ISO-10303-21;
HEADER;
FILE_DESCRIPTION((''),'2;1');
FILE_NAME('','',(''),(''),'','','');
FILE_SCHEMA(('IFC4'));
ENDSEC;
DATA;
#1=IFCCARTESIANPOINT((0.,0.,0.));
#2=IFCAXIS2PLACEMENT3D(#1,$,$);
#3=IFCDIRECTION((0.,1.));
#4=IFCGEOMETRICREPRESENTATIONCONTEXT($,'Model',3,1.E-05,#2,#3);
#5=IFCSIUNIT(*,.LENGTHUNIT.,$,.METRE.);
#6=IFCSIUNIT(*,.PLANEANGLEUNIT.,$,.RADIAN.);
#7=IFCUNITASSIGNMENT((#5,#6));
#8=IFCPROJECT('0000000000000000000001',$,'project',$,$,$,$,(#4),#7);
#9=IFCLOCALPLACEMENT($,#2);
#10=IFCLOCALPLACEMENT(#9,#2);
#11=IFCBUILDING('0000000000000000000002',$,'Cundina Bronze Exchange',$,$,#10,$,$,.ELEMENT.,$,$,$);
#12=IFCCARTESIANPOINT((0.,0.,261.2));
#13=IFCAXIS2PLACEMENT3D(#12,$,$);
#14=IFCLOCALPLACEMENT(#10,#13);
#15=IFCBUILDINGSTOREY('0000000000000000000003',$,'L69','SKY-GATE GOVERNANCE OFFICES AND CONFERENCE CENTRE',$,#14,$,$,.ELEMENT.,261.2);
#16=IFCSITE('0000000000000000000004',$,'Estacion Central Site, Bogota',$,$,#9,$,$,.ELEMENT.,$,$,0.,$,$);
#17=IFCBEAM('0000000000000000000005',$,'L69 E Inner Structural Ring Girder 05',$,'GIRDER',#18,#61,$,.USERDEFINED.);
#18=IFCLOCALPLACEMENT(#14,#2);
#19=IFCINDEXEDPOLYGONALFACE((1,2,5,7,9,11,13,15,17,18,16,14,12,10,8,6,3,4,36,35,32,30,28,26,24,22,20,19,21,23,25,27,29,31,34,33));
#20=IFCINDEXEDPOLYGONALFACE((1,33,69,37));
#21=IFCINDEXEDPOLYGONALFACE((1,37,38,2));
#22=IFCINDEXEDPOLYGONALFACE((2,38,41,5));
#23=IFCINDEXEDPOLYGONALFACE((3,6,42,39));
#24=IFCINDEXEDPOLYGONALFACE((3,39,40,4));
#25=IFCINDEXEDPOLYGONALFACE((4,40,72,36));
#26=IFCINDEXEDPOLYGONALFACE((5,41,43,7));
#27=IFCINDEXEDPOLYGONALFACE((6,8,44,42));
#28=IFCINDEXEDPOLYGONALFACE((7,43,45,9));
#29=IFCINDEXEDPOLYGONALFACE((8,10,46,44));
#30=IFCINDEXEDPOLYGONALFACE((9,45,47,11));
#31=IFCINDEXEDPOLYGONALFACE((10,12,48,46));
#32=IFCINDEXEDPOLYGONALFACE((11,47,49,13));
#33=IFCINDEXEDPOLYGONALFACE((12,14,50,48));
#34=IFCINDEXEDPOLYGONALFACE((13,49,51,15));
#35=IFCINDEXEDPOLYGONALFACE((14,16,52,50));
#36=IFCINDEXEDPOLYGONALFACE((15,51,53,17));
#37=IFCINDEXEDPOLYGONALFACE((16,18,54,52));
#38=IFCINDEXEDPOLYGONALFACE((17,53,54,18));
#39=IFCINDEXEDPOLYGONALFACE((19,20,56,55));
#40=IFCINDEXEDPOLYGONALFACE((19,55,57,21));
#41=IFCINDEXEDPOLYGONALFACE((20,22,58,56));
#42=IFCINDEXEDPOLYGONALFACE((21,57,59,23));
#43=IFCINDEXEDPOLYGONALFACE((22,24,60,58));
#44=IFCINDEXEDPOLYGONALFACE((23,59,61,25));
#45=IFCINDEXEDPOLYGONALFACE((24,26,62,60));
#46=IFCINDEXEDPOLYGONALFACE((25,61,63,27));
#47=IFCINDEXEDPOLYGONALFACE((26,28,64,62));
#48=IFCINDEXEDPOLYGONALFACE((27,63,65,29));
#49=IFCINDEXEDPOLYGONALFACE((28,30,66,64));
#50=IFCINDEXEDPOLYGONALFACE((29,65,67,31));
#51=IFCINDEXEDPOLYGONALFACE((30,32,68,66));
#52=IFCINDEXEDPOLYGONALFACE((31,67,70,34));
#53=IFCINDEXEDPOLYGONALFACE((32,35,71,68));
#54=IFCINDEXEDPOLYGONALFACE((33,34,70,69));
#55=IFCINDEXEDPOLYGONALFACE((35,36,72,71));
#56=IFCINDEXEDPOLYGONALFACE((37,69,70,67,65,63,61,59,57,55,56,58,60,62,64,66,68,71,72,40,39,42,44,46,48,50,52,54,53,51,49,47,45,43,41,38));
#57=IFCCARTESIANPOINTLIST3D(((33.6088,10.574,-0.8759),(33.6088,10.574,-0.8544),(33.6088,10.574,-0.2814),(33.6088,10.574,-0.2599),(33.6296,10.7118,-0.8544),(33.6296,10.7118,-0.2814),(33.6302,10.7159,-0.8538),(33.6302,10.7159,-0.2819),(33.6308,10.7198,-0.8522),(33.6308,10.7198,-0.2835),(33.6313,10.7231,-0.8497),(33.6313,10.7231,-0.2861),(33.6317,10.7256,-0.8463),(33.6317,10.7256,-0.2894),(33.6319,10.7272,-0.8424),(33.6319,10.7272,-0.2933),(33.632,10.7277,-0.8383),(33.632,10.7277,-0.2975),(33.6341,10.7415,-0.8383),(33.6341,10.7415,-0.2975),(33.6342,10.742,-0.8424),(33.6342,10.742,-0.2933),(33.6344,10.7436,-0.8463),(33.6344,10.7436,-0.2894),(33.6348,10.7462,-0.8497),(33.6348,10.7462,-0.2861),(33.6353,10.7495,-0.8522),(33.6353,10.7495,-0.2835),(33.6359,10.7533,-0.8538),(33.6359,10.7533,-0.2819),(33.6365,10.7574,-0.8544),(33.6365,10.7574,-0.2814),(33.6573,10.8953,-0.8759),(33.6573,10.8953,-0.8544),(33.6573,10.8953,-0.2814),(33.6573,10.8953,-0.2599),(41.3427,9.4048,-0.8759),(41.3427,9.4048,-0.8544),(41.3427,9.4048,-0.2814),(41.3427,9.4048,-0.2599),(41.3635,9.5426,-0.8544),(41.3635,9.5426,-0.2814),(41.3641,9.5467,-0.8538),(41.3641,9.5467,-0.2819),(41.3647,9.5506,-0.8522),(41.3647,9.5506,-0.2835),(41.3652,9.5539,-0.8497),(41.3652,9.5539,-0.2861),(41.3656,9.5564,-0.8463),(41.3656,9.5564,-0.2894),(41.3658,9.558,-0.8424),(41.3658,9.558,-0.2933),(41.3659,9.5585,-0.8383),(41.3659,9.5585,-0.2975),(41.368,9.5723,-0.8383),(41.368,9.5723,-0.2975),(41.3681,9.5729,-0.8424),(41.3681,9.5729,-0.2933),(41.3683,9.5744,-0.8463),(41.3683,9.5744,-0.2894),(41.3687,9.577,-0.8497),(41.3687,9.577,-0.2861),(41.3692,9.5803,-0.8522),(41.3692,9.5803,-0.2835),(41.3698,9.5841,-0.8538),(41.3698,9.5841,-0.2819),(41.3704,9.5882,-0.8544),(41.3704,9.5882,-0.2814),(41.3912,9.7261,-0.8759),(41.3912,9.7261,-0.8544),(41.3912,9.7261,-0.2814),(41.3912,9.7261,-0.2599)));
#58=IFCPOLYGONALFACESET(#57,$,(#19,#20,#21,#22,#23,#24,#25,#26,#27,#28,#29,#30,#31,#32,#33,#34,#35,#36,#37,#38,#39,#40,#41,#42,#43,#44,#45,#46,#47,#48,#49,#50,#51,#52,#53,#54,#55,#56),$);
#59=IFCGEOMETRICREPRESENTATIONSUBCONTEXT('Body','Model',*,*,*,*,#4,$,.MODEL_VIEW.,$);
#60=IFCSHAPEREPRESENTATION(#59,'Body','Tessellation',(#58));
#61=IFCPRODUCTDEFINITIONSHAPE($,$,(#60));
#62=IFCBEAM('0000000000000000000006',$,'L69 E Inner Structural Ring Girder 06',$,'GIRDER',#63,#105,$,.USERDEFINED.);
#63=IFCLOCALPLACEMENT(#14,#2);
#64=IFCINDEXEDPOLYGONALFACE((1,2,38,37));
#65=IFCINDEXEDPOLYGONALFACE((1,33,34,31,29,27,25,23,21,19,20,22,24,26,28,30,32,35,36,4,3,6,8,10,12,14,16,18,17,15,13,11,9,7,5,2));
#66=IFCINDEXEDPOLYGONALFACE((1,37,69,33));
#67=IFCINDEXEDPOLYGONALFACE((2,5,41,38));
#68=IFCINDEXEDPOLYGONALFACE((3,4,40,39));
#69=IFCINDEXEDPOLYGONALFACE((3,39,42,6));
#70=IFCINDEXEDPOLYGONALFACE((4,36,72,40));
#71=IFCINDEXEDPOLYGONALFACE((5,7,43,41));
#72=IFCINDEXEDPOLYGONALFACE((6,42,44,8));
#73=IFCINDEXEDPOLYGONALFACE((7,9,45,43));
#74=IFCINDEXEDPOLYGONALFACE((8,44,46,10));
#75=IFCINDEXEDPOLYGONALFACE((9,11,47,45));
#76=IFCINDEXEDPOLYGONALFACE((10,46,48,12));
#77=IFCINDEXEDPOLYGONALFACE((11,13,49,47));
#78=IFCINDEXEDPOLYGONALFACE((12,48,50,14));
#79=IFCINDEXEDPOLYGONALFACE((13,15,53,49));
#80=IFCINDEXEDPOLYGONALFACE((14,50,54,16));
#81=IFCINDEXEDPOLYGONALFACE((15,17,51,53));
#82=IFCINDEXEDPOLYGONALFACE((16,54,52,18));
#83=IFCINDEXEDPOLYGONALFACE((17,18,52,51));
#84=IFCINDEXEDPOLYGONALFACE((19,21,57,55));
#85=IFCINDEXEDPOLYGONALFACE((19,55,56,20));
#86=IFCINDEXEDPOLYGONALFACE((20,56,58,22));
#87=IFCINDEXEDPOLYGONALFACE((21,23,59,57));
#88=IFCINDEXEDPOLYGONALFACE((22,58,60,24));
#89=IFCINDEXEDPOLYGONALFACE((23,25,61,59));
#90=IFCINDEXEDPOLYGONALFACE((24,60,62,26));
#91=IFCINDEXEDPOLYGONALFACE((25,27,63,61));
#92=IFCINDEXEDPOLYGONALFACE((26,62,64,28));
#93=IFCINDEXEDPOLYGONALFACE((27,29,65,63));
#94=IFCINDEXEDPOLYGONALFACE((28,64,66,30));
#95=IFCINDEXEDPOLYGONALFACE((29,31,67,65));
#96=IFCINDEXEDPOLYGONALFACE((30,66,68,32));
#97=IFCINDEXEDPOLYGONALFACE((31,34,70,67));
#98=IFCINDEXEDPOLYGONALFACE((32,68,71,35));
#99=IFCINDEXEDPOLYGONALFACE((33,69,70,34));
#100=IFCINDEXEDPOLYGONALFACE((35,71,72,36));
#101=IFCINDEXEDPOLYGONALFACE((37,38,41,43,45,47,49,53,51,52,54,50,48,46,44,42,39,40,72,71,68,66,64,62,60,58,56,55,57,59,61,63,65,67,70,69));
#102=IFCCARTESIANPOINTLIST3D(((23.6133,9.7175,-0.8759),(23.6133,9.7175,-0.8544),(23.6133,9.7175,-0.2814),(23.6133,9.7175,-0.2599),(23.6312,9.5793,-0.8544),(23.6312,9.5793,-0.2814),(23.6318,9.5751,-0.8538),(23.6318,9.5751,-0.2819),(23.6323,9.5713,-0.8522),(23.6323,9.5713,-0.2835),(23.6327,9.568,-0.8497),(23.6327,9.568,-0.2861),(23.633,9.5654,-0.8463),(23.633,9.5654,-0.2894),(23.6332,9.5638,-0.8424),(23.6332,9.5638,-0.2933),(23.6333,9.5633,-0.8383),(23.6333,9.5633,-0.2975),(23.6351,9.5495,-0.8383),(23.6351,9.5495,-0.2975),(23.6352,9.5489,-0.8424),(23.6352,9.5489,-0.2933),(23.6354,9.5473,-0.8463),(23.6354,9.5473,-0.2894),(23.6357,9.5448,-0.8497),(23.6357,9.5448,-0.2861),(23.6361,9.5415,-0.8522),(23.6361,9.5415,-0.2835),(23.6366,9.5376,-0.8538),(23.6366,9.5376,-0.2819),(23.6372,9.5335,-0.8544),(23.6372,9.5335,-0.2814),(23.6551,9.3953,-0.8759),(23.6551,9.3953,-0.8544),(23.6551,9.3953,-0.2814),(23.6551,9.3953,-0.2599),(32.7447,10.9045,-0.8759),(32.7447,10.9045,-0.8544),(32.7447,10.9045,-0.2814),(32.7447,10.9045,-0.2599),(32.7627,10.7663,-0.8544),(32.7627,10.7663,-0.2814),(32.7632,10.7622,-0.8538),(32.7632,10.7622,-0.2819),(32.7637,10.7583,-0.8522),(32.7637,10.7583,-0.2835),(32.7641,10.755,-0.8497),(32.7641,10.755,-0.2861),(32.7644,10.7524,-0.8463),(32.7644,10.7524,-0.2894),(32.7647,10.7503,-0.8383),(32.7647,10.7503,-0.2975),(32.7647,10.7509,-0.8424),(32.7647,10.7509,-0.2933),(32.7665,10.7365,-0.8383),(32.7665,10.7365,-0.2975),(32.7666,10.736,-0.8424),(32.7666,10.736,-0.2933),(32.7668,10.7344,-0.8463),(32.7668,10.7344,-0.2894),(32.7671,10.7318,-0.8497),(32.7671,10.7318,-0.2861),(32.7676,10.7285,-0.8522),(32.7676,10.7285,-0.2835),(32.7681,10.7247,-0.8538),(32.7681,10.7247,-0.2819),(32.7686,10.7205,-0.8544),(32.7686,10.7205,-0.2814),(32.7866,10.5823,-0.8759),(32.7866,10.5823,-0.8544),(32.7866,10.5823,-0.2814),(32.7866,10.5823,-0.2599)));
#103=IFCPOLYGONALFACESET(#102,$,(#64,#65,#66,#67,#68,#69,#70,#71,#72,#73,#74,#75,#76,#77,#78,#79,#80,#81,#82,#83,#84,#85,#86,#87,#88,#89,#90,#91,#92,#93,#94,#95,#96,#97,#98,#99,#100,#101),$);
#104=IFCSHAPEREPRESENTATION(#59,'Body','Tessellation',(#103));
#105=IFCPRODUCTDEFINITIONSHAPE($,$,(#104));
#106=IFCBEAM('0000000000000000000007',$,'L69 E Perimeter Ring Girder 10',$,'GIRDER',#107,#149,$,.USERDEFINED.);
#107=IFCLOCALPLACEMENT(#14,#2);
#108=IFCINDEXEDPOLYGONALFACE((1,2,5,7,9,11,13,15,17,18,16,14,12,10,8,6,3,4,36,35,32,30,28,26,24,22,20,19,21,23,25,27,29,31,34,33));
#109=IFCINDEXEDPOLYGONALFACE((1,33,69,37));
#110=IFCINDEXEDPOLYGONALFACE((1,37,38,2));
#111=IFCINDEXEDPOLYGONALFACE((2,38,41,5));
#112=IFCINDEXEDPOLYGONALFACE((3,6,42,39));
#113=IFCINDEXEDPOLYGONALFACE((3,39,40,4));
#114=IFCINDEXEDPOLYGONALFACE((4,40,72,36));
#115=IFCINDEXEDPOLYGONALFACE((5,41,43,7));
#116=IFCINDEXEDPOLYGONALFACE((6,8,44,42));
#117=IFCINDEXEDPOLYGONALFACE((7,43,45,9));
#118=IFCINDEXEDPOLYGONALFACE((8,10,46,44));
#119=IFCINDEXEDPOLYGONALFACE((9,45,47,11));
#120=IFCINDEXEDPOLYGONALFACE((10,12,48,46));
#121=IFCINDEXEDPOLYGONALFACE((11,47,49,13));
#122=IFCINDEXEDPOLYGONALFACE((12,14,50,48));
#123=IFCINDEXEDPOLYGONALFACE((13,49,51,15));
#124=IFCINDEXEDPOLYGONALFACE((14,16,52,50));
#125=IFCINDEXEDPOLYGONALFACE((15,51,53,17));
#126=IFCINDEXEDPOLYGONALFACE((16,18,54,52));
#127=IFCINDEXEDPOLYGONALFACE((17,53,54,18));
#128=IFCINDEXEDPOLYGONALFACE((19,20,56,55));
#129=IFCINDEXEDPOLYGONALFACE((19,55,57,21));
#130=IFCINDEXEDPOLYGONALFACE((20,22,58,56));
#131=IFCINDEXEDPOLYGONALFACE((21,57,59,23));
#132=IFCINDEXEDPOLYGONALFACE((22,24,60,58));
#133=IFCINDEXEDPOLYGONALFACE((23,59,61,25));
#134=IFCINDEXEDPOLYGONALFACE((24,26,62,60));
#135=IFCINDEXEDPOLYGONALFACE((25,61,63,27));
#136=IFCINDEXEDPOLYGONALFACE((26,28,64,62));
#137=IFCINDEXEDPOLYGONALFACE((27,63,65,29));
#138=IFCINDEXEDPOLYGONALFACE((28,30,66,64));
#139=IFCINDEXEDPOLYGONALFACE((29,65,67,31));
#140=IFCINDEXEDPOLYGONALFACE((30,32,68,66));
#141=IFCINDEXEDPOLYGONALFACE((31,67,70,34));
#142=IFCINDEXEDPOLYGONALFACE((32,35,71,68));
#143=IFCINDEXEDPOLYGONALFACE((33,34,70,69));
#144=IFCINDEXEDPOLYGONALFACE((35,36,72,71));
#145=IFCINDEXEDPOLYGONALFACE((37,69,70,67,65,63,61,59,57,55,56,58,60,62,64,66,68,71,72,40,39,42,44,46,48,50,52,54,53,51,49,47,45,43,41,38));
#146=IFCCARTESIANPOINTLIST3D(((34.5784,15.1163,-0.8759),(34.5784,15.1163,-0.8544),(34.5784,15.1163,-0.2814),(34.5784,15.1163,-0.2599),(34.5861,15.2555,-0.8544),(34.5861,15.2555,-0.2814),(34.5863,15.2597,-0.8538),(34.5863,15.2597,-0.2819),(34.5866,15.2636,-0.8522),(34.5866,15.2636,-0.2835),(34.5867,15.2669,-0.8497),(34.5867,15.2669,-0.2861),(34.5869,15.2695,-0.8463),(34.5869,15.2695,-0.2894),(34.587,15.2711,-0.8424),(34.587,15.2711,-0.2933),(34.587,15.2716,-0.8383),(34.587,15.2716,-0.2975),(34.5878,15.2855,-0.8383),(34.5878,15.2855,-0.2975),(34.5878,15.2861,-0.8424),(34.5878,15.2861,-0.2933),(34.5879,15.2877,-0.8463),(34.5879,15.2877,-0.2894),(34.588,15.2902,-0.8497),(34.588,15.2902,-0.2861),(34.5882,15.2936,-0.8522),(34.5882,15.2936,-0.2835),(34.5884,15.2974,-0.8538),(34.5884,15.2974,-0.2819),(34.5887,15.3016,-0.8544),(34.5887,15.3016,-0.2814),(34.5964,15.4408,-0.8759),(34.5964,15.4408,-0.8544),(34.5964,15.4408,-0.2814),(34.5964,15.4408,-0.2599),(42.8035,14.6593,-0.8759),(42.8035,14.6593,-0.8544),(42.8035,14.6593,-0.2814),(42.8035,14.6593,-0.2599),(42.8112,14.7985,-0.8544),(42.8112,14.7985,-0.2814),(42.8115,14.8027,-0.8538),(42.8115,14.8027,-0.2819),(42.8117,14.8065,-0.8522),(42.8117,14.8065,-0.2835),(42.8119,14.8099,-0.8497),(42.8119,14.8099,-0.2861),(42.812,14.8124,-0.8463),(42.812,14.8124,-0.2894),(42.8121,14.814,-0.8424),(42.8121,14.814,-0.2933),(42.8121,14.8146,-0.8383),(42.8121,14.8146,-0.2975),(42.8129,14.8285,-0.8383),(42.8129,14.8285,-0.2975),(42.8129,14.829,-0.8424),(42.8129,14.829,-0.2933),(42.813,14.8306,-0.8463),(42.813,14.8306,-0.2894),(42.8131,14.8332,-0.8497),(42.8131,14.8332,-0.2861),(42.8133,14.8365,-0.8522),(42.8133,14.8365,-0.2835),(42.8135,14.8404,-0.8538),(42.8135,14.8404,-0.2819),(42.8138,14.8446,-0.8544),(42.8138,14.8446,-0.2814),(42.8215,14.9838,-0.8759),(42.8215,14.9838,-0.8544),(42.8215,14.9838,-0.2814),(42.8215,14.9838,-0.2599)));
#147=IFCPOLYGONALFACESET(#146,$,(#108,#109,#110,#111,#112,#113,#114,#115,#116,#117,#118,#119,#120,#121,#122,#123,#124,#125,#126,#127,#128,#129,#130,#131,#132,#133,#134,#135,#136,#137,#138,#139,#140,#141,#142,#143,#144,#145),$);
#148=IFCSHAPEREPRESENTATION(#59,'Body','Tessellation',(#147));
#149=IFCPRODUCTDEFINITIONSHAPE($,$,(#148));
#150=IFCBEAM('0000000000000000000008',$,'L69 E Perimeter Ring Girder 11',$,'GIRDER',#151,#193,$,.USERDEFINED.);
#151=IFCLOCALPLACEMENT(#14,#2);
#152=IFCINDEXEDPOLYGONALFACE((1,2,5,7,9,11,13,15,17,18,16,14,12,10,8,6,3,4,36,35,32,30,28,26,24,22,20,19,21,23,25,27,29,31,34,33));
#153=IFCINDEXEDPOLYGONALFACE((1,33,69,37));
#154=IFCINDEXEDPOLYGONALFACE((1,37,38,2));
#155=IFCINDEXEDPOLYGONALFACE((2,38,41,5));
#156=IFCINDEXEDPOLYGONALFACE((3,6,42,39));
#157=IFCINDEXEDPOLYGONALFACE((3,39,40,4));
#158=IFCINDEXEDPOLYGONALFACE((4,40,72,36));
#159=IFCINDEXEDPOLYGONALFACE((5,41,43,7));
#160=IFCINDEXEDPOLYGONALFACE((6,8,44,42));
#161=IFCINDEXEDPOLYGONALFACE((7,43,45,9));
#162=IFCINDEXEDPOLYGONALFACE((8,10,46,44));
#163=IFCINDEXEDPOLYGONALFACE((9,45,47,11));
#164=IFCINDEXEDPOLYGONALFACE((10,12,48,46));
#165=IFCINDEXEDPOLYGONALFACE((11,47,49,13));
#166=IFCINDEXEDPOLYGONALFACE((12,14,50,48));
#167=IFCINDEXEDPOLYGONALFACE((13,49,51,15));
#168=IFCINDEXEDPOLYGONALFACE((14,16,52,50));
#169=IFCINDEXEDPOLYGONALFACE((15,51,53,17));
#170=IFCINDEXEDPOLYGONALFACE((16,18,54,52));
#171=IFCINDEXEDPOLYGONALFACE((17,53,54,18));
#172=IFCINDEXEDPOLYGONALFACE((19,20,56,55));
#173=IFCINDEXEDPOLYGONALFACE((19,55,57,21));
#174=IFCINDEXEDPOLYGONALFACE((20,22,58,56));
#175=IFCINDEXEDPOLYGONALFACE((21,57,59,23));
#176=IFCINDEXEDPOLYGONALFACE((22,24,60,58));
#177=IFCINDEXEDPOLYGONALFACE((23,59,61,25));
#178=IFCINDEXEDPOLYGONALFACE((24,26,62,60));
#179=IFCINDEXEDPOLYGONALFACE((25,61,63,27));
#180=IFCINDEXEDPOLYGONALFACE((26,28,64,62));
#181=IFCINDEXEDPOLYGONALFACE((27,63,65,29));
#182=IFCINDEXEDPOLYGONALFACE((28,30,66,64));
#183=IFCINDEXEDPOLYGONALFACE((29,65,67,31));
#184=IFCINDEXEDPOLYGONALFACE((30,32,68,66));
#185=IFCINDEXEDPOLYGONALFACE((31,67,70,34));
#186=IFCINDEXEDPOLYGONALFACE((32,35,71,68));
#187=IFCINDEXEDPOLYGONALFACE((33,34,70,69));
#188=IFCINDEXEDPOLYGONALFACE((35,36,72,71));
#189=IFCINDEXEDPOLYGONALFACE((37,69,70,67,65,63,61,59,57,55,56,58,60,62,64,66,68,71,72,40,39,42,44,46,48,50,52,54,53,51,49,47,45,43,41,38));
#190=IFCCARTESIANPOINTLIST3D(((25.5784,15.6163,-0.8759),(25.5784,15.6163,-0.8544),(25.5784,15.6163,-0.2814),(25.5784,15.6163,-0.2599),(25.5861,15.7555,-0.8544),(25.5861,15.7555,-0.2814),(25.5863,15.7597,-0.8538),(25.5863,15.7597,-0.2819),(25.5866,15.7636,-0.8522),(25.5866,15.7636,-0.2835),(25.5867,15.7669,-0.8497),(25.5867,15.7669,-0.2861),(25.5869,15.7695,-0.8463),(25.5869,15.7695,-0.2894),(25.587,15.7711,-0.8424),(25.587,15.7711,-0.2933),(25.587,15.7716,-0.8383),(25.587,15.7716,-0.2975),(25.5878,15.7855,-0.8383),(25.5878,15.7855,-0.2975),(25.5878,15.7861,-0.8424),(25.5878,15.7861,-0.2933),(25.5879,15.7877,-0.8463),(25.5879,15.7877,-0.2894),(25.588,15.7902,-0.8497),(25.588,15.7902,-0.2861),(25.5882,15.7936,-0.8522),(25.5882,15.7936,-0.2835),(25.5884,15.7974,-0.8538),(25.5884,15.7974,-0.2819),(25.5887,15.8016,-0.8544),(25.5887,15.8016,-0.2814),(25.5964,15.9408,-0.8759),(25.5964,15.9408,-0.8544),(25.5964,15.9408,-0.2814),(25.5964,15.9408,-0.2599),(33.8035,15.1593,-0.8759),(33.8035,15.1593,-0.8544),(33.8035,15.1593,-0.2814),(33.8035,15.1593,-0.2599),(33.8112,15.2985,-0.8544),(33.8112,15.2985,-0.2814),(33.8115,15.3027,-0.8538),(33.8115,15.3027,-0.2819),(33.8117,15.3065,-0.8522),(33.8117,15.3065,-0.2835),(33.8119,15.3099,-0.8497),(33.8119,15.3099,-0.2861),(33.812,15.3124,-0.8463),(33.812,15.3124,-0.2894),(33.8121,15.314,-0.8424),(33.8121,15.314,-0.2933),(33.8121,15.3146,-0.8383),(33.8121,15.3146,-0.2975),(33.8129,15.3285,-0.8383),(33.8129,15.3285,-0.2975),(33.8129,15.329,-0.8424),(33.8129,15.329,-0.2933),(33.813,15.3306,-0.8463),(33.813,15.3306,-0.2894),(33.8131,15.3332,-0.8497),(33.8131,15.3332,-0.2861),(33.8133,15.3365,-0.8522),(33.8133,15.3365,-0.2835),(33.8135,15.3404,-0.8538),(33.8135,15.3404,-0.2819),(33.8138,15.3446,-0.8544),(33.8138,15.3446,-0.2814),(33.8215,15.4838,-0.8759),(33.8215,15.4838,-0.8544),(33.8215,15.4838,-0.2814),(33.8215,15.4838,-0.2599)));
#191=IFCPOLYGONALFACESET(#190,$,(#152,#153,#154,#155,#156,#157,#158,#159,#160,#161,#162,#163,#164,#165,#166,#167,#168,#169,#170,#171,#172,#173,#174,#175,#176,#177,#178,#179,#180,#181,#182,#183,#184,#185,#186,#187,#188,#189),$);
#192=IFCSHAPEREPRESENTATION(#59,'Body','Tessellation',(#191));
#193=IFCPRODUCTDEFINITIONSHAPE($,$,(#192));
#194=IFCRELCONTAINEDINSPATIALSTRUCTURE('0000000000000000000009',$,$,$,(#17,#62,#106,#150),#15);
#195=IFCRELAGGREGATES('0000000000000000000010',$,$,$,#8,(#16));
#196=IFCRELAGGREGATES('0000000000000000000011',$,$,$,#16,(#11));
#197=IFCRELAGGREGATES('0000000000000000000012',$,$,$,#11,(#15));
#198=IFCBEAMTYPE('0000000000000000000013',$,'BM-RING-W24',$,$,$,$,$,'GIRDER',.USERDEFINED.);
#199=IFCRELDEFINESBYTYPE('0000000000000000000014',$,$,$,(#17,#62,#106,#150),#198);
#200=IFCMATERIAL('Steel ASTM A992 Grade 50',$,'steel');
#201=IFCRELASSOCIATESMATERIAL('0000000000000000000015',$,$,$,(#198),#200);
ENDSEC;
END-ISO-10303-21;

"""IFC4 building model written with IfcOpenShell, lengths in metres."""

from ifc_helpers import new_model, si_unit, direction, frame, origin, origin_2d, place, context, subcontext, project, spatial, i_section, extrude, material, material_profile, profile_set, type_object, element, save


model = new_model("IFC4")

# Units and contexts
model_context = context("Model", 3, precision=1e-05, world=origin(), true_north=direction((0.0, 1.0)))
body_context = subcontext(model_context, "Body", "Model", "MODEL_VIEW")
ifc_project = project(units=[si_unit("LENGTHUNIT", "METRE"), si_unit("PLANEANGLEUNIT", "RADIAN")], contexts=[model_context])

# Site, building, storey
site_placement = place(None, origin())
site = spatial("IfcSite", under=ifc_project, at=site_placement, Name="Estacion Central Site, Bogota", CompositionType="ELEMENT", RefElevation=0.0)
building_placement = place(site_placement, origin())
building = spatial("IfcBuilding", under=site, at=building_placement, Name="Cundina Bronze Exchange", CompositionType="ELEMENT")
storey_placement = place(building_placement, frame((0.0, 0.0, 261.2)))
storey = spatial("IfcBuildingStorey", under=building, at=storey_placement, Name="L69", Description="SKY-GATE GOVERNANCE OFFICES AND CONFERENCE CENTRE", CompositionType="ELEMENT", Elevation=261.2)

# Beams
ifc_material_1 = material(Name="Steel ASTM A992 Grade 50", Category="steel")
ifc_material_profile_1 = material_profile(ifc_material_1, i_section(OverallWidth=0.325, OverallDepth=0.616, WebThickness=0.0139, FlangeThickness=0.0215, FilletRadius=0.0161, at=origin_2d()), Name="W24X117", Category="steel")
ifc_profile_set_1 = profile_set([ifc_material_profile_1], Name="Steel ASTM A992 Grade 50")
beam_type_1 = type_object("IfcBeamType", Name="BM-RING-W24", ElementType="GIRDER", PredefinedType="USERDEFINED", material=ifc_profile_set_1)
beam_1_placement = place(storey_placement, frame((41.3669, 9.5654, -0.5679), z_axis=(-0.988765, 0.149479, 0.0), x_axis=(-0.149479, -0.988765, 0.0)))
element("IfcBeam", 1, at=beam_1_placement, inside=storey, type_object=beam_type_1, Name="L69 E Inner Structural Ring Girder 05", ObjectType="GIRDER", PredefinedType="USERDEFINED", context=body_context, shape_type="SweptSolid", body=[
    extrude(i_section(OverallWidth=0.325, OverallDepth=0.616, WebThickness=0.0139, FlangeThickness=0.0215, FilletRadius=0.0161, at=origin_2d()), origin(), (0.0, 0.0, 1.0), 7.8218),
])
beam_2_placement = place(storey_placement, frame((32.7656, 10.7434, -0.5679), z_axis=(-0.991656, -0.128908, 0.0), x_axis=(0.128908, -0.991656, 0.0)))
element("IfcBeam", 2, at=beam_2_placement, inside=storey, type_object=beam_type_1, Name="L69 E Inner Structural Ring Girder 06", ObjectType="GIRDER", PredefinedType="USERDEFINED", context=body_context, shape_type="SweptSolid", body=[
    extrude(i_section(OverallWidth=0.325, OverallDepth=0.616, WebThickness=0.0139, FlangeThickness=0.0215, FilletRadius=0.0161, at=origin_2d()), origin(), (0.0, 0.0, 1.0), 9.2083),
])
for number, where, z_axis, x_axis, name in (
    (3, (42.8125, 14.8215, -0.5679), (-0.99846, 0.05548, 0.0), (-0.05548, -0.99846, 0.0), "L69 E Perimeter Ring Girder 10"),
    (4, (33.8125, 15.3215, -0.5679), (-0.99846, 0.05548, 0.0), (-0.05548, -0.99846, 0.0), "L69 E Perimeter Ring Girder 11"),
):
    element("IfcBeam", number, at=place(storey_placement, frame(where, z_axis=z_axis, x_axis=x_axis)), inside=storey, type_object=beam_type_1, Name=name, ObjectType="GIRDER", PredefinedType="USERDEFINED", context=body_context, shape_type="SweptSolid", body=[
        extrude(i_section(OverallWidth=0.325, OverallDepth=0.616, WebThickness=0.0139, FlangeThickness=0.0215, FilletRadius=0.0161, at=origin_2d()), origin(), (0.0, 0.0, 1.0), 8.2378),
    ])

save(model, "model.ifc")
